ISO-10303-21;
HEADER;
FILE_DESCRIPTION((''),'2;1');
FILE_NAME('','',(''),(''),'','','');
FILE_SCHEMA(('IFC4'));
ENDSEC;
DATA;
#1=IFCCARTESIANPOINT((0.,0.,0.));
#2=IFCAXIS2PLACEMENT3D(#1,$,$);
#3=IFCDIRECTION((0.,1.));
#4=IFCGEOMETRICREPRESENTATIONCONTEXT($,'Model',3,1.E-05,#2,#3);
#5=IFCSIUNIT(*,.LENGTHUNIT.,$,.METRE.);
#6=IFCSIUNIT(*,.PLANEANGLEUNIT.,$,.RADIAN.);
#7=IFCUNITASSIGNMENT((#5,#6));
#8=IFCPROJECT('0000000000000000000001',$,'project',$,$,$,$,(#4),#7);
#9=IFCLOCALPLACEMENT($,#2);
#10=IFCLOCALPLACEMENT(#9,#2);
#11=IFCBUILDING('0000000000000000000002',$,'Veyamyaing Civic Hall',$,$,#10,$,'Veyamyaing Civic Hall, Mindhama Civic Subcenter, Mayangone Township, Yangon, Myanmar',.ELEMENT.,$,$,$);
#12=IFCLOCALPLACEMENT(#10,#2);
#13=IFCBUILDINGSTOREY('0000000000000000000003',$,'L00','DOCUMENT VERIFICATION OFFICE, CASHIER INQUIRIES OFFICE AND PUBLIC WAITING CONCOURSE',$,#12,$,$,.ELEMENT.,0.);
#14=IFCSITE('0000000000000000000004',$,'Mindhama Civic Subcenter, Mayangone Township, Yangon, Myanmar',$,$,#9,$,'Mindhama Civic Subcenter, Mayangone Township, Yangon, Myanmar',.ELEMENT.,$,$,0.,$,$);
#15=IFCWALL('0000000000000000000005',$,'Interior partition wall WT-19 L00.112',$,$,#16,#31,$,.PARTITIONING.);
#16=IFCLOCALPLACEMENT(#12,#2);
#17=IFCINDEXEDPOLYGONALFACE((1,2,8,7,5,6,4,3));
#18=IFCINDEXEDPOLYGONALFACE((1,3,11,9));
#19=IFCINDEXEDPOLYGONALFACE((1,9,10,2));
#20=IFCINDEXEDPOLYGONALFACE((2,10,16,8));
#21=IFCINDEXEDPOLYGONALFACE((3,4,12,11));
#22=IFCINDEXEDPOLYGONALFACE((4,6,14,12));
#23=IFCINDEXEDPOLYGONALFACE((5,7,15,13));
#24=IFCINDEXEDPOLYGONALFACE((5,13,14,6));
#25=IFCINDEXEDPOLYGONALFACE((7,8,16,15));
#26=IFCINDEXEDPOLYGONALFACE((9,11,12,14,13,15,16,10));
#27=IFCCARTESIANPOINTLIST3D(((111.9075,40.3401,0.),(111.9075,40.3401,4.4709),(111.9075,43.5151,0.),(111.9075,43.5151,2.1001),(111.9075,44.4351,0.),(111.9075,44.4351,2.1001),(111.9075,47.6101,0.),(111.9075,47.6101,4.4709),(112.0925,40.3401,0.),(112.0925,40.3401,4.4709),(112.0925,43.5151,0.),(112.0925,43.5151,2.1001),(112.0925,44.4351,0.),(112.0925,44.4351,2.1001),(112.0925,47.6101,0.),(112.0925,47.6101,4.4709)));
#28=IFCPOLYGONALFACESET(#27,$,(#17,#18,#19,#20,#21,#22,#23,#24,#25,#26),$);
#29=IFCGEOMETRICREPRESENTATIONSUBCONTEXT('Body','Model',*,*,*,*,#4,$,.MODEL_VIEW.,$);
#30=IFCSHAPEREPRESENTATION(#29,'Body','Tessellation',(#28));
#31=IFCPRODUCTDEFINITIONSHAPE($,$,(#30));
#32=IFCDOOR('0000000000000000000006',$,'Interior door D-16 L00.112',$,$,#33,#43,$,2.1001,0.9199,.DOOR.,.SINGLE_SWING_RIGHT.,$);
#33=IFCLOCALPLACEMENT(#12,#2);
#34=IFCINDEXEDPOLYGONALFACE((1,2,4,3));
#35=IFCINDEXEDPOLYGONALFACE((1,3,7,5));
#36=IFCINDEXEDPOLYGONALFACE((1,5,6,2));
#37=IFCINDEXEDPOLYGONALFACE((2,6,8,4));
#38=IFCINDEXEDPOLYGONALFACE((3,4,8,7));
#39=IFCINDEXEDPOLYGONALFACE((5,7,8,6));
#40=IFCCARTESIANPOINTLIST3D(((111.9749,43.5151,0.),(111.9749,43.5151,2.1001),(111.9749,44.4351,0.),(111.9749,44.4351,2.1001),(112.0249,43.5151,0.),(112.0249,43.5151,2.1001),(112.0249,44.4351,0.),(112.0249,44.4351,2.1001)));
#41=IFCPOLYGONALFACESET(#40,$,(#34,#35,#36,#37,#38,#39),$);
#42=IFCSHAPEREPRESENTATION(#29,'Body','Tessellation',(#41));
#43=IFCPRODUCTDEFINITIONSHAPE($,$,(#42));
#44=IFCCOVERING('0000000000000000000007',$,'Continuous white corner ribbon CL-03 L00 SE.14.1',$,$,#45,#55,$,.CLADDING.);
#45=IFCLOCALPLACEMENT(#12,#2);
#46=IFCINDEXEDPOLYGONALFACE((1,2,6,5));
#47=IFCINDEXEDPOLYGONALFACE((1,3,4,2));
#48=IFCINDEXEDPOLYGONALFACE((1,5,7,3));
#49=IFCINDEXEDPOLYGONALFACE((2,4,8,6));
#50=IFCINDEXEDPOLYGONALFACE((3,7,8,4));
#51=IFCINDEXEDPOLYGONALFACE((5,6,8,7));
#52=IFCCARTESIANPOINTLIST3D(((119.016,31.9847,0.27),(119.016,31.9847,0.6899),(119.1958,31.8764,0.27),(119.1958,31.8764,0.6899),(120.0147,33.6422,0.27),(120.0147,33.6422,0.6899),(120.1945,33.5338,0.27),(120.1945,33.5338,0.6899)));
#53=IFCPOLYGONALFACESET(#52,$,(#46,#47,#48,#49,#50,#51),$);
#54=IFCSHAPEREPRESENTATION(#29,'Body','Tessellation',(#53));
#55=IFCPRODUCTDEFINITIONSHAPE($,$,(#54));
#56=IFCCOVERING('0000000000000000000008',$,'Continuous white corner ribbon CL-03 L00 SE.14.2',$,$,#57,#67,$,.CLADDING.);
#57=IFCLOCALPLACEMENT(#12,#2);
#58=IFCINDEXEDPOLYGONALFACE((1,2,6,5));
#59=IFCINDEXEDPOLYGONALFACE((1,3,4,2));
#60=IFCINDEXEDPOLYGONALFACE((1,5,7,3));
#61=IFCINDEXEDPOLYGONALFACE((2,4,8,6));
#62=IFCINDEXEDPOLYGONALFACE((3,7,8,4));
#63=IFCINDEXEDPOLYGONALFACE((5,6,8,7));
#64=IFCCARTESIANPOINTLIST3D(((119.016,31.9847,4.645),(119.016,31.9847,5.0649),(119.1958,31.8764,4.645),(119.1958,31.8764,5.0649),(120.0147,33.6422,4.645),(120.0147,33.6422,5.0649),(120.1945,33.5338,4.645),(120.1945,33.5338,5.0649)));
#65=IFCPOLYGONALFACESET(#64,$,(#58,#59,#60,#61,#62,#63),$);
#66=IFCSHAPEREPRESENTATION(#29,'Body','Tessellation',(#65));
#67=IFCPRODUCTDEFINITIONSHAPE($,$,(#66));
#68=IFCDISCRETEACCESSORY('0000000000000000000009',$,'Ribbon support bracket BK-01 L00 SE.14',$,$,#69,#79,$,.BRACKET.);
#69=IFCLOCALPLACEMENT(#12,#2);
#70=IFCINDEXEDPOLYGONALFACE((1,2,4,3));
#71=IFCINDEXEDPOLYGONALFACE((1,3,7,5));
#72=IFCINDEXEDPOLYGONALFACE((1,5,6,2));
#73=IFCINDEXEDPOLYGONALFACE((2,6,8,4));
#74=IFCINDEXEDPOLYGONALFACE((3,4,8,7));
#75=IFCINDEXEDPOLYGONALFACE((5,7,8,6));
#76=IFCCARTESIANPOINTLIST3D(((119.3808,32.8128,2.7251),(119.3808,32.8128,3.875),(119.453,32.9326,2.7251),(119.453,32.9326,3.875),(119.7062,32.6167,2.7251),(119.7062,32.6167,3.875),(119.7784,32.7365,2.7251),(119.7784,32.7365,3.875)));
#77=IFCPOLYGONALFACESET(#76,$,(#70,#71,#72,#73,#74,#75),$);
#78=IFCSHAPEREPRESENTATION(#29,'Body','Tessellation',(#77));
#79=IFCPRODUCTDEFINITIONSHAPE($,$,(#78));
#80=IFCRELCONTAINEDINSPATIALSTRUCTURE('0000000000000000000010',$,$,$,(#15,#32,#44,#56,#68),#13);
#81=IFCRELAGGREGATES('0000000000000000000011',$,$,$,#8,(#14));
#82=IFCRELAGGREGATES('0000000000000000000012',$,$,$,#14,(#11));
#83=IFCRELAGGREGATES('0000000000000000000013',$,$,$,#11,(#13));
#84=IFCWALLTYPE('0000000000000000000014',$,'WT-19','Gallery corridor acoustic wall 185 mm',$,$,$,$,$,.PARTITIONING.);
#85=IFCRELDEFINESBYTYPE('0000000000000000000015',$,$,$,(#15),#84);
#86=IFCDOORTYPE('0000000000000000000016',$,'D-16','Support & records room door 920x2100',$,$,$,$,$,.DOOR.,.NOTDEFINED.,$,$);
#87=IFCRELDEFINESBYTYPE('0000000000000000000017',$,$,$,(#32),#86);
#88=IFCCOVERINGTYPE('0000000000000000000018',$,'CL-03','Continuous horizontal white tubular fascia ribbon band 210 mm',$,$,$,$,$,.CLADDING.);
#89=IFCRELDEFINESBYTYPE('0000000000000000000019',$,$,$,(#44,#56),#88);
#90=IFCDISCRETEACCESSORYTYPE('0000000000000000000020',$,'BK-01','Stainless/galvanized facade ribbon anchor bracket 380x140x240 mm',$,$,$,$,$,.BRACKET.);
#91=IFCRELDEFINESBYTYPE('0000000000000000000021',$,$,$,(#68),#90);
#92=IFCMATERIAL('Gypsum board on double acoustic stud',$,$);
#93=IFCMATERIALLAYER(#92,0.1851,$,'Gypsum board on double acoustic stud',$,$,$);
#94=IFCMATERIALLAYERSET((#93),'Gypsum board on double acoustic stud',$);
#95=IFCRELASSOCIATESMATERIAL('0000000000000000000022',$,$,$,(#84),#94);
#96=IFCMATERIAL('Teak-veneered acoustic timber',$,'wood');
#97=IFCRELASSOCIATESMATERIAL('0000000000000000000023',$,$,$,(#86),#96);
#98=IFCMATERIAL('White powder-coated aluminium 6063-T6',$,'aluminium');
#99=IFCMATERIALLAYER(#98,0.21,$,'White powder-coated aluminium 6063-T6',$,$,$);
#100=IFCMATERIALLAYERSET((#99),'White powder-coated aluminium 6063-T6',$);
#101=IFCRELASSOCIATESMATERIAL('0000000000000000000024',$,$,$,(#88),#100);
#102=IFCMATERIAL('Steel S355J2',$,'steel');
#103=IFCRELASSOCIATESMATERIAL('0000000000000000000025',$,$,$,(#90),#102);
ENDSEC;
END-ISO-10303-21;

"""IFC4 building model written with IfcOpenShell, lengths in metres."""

from ifc_helpers import new_model, si_unit, direction, frame, frame_2d, origin, origin_2d, place, context, subcontext, project, spatial, rectangle, extrude, material, layer, layer_set, type_object, element, fill, save


model = new_model("IFC4")

# Units and contexts
model_context = context("Model", 3, precision=1e-05, world=origin(), true_north=direction((0.0, 1.0)))
body_context = subcontext(model_context, "Body", "Model", "MODEL_VIEW")
ifc_project = project(units=[si_unit("LENGTHUNIT", "METRE"), si_unit("PLANEANGLEUNIT", "RADIAN")], contexts=[model_context])

# Site, building, storey
site_placement = place(None, origin())
site = spatial("IfcSite", under=ifc_project, at=site_placement, Name="Mindhama Civic Subcenter, Mayangone Township, Yangon, Myanmar", LongName="Mindhama Civic Subcenter, Mayangone Township, Yangon, Myanmar", CompositionType="ELEMENT", RefElevation=0.0)
building_placement = place(site_placement, origin())
building = spatial("IfcBuilding", under=site, at=building_placement, Name="Veyamyaing Civic Hall", LongName="Veyamyaing Civic Hall, Mindhama Civic Subcenter, Mayangone Township, Yangon, Myanmar", CompositionType="ELEMENT")
storey_placement = place(building_placement, origin())
storey = spatial("IfcBuildingStorey", under=building, at=storey_placement, Name="L00", Description="DOCUMENT VERIFICATION OFFICE, CASHIER INQUIRIES OFFICE AND PUBLIC WAITING CONCOURSE", CompositionType="ELEMENT", Elevation=0.0)

# Shared definitions
ifc_material_1 = material(Name="Teak-veneered acoustic timber", Category="wood")

# Wall, opening, door
ifc_material_2 = material(Name="Gypsum board on double acoustic stud")
ifc_layer_1 = layer(ifc_material_2, 0.1851, Name="Gypsum board on double acoustic stud")
ifc_layer_set_1 = layer_set([ifc_layer_1], Name="Gypsum board on double acoustic stud")
wall_type_1 = type_object("IfcWallType", Name="WT-19", Description="Gallery corridor acoustic wall 185 mm", PredefinedType="PARTITIONING", material=ifc_layer_set_1)
wall_1_placement = place(storey_placement, frame((112.0, 40.3401, 0.0), z_axis=(0.0, 0.0, 1.0), x_axis=(0.0, 1.0, 0.0)))
wall_1 = element("IfcWall", 1, at=wall_1_placement, inside=storey, type_object=wall_type_1, Name="Interior partition wall WT-19 L00.112", PredefinedType="PARTITIONING", context=body_context, shape_type="SweptSolid", body=[
    extrude(rectangle(XDim=7.27, YDim=0.1851, at=frame_2d((3.635, 0.0))), origin(), (0.0, 0.0, 1.0), 4.4709),
])
opening_1_placement = place(wall_1_placement, frame((3.175, 0.0, 0.0)))
opening_1 = element("IfcOpeningElement", 2, at=opening_1_placement, cuts=wall_1, PredefinedType="OPENING", context=body_context, shape_type="SweptSolid", body=[
    extrude(rectangle(XDim=0.9199, YDim=2.1001, at=frame_2d((0.46, 1.05))), frame((0.0, 0.1025, 0.0), z_axis=(0.0, -1.0, 0.0), x_axis=(1.0, 0.0, 0.0)), (0.0, 0.0, 1.0), 0.2051),
])
door_type_1 = type_object("IfcDoorType", Name="D-16", Description="Support & records room door 920x2100", OperationType="NOTDEFINED", PredefinedType="DOOR", material=ifc_material_1)
door_1_placement = place(opening_1_placement, frame((0.9199, 0.0, 0.0), z_axis=(0.0, 0.0, 1.0), x_axis=(-1.0, 0.0, 0.0)))
door_1 = element("IfcDoor", 3, at=door_1_placement, inside=storey, type_object=door_type_1, Name="Interior door D-16 L00.112", OperationType="SINGLE_SWING_RIGHT", OverallHeight=2.1001, OverallWidth=0.9199, PredefinedType="DOOR", context=body_context, shape_type="SweptSolid", body=[
    extrude(rectangle(XDim=0.9199, YDim=2.1001, at=frame_2d((0.46, 1.05))), frame((0.0, 0.0249, 0.0), z_axis=(0.0, -1.0, 0.0), x_axis=(1.0, 0.0, 0.0)), (0.0, 0.0, 1.0), 0.05),
])
fill(opening_1, door_1)

# Coverings
ifc_material_3 = material(Name="White powder-coated aluminium 6063-T6", Category="aluminium")
ifc_layer_2 = layer(ifc_material_3, 0.21, Name="White powder-coated aluminium 6063-T6")
ifc_layer_set_2 = layer_set([ifc_layer_2], Name="White powder-coated aluminium 6063-T6")
covering_type = type_object("IfcCoveringType", Name="CL-03", Description="Continuous horizontal white tubular fascia ribbon band 210 mm", PredefinedType="CLADDING", material=ifc_layer_set_2)
for number, where, z_axis, x_axis, name in (
    (4, (119.6052, 32.7593, 0.27), (0.0, 0.0, 1.0), (0.516107, 0.856524, 0.0), "Continuous white corner ribbon CL-03 L00 SE.14.1"),
    (5, (119.6052, 32.7593, 4.645), (0.0, 0.0, 1.0), (0.516107, 0.856524, 0.0), "Continuous white corner ribbon CL-03 L00 SE.14.2"),
):
    element("IfcCovering", number, at=place(storey_placement, frame(where, z_axis=z_axis, x_axis=x_axis)), inside=storey, type_object=covering_type, Name=name, PredefinedType="CLADDING", context=body_context, shape_type="SweptSolid", body=[
        extrude(rectangle(XDim=1.9351, YDim=0.21, at=origin_2d()), origin(), (0.0, 0.0, 1.0), 0.4199),
    ])

# Discrete accessory
ifc_material_4 = material(Name="Steel S355J2", Category="steel")
discrete_accessory_type = type_object("IfcDiscreteAccessoryType", Name="BK-01", Description="Stainless/galvanized facade ribbon anchor bracket 380x140x240 mm", PredefinedType="BRACKET", material=ifc_material_4)
discrete_accessory_placement = place(storey_placement, frame((119.5796, 32.7747, 2.7251), z_axis=(0.0, 0.0, 1.0), x_axis=(0.856525, -0.516106, 0.0)))
element("IfcDiscreteAccessory", 6, at=discrete_accessory_placement, inside=storey, type_object=discrete_accessory_type, Name="Ribbon support bracket BK-01 L00 SE.14", PredefinedType="BRACKET", context=body_context, shape_type="SweptSolid", body=[
    extrude(rectangle(XDim=0.3799, YDim=0.1399, at=origin_2d()), origin(), (0.0, 0.0, 1.0), 1.1499),
])

save(model, "model.ifc")
